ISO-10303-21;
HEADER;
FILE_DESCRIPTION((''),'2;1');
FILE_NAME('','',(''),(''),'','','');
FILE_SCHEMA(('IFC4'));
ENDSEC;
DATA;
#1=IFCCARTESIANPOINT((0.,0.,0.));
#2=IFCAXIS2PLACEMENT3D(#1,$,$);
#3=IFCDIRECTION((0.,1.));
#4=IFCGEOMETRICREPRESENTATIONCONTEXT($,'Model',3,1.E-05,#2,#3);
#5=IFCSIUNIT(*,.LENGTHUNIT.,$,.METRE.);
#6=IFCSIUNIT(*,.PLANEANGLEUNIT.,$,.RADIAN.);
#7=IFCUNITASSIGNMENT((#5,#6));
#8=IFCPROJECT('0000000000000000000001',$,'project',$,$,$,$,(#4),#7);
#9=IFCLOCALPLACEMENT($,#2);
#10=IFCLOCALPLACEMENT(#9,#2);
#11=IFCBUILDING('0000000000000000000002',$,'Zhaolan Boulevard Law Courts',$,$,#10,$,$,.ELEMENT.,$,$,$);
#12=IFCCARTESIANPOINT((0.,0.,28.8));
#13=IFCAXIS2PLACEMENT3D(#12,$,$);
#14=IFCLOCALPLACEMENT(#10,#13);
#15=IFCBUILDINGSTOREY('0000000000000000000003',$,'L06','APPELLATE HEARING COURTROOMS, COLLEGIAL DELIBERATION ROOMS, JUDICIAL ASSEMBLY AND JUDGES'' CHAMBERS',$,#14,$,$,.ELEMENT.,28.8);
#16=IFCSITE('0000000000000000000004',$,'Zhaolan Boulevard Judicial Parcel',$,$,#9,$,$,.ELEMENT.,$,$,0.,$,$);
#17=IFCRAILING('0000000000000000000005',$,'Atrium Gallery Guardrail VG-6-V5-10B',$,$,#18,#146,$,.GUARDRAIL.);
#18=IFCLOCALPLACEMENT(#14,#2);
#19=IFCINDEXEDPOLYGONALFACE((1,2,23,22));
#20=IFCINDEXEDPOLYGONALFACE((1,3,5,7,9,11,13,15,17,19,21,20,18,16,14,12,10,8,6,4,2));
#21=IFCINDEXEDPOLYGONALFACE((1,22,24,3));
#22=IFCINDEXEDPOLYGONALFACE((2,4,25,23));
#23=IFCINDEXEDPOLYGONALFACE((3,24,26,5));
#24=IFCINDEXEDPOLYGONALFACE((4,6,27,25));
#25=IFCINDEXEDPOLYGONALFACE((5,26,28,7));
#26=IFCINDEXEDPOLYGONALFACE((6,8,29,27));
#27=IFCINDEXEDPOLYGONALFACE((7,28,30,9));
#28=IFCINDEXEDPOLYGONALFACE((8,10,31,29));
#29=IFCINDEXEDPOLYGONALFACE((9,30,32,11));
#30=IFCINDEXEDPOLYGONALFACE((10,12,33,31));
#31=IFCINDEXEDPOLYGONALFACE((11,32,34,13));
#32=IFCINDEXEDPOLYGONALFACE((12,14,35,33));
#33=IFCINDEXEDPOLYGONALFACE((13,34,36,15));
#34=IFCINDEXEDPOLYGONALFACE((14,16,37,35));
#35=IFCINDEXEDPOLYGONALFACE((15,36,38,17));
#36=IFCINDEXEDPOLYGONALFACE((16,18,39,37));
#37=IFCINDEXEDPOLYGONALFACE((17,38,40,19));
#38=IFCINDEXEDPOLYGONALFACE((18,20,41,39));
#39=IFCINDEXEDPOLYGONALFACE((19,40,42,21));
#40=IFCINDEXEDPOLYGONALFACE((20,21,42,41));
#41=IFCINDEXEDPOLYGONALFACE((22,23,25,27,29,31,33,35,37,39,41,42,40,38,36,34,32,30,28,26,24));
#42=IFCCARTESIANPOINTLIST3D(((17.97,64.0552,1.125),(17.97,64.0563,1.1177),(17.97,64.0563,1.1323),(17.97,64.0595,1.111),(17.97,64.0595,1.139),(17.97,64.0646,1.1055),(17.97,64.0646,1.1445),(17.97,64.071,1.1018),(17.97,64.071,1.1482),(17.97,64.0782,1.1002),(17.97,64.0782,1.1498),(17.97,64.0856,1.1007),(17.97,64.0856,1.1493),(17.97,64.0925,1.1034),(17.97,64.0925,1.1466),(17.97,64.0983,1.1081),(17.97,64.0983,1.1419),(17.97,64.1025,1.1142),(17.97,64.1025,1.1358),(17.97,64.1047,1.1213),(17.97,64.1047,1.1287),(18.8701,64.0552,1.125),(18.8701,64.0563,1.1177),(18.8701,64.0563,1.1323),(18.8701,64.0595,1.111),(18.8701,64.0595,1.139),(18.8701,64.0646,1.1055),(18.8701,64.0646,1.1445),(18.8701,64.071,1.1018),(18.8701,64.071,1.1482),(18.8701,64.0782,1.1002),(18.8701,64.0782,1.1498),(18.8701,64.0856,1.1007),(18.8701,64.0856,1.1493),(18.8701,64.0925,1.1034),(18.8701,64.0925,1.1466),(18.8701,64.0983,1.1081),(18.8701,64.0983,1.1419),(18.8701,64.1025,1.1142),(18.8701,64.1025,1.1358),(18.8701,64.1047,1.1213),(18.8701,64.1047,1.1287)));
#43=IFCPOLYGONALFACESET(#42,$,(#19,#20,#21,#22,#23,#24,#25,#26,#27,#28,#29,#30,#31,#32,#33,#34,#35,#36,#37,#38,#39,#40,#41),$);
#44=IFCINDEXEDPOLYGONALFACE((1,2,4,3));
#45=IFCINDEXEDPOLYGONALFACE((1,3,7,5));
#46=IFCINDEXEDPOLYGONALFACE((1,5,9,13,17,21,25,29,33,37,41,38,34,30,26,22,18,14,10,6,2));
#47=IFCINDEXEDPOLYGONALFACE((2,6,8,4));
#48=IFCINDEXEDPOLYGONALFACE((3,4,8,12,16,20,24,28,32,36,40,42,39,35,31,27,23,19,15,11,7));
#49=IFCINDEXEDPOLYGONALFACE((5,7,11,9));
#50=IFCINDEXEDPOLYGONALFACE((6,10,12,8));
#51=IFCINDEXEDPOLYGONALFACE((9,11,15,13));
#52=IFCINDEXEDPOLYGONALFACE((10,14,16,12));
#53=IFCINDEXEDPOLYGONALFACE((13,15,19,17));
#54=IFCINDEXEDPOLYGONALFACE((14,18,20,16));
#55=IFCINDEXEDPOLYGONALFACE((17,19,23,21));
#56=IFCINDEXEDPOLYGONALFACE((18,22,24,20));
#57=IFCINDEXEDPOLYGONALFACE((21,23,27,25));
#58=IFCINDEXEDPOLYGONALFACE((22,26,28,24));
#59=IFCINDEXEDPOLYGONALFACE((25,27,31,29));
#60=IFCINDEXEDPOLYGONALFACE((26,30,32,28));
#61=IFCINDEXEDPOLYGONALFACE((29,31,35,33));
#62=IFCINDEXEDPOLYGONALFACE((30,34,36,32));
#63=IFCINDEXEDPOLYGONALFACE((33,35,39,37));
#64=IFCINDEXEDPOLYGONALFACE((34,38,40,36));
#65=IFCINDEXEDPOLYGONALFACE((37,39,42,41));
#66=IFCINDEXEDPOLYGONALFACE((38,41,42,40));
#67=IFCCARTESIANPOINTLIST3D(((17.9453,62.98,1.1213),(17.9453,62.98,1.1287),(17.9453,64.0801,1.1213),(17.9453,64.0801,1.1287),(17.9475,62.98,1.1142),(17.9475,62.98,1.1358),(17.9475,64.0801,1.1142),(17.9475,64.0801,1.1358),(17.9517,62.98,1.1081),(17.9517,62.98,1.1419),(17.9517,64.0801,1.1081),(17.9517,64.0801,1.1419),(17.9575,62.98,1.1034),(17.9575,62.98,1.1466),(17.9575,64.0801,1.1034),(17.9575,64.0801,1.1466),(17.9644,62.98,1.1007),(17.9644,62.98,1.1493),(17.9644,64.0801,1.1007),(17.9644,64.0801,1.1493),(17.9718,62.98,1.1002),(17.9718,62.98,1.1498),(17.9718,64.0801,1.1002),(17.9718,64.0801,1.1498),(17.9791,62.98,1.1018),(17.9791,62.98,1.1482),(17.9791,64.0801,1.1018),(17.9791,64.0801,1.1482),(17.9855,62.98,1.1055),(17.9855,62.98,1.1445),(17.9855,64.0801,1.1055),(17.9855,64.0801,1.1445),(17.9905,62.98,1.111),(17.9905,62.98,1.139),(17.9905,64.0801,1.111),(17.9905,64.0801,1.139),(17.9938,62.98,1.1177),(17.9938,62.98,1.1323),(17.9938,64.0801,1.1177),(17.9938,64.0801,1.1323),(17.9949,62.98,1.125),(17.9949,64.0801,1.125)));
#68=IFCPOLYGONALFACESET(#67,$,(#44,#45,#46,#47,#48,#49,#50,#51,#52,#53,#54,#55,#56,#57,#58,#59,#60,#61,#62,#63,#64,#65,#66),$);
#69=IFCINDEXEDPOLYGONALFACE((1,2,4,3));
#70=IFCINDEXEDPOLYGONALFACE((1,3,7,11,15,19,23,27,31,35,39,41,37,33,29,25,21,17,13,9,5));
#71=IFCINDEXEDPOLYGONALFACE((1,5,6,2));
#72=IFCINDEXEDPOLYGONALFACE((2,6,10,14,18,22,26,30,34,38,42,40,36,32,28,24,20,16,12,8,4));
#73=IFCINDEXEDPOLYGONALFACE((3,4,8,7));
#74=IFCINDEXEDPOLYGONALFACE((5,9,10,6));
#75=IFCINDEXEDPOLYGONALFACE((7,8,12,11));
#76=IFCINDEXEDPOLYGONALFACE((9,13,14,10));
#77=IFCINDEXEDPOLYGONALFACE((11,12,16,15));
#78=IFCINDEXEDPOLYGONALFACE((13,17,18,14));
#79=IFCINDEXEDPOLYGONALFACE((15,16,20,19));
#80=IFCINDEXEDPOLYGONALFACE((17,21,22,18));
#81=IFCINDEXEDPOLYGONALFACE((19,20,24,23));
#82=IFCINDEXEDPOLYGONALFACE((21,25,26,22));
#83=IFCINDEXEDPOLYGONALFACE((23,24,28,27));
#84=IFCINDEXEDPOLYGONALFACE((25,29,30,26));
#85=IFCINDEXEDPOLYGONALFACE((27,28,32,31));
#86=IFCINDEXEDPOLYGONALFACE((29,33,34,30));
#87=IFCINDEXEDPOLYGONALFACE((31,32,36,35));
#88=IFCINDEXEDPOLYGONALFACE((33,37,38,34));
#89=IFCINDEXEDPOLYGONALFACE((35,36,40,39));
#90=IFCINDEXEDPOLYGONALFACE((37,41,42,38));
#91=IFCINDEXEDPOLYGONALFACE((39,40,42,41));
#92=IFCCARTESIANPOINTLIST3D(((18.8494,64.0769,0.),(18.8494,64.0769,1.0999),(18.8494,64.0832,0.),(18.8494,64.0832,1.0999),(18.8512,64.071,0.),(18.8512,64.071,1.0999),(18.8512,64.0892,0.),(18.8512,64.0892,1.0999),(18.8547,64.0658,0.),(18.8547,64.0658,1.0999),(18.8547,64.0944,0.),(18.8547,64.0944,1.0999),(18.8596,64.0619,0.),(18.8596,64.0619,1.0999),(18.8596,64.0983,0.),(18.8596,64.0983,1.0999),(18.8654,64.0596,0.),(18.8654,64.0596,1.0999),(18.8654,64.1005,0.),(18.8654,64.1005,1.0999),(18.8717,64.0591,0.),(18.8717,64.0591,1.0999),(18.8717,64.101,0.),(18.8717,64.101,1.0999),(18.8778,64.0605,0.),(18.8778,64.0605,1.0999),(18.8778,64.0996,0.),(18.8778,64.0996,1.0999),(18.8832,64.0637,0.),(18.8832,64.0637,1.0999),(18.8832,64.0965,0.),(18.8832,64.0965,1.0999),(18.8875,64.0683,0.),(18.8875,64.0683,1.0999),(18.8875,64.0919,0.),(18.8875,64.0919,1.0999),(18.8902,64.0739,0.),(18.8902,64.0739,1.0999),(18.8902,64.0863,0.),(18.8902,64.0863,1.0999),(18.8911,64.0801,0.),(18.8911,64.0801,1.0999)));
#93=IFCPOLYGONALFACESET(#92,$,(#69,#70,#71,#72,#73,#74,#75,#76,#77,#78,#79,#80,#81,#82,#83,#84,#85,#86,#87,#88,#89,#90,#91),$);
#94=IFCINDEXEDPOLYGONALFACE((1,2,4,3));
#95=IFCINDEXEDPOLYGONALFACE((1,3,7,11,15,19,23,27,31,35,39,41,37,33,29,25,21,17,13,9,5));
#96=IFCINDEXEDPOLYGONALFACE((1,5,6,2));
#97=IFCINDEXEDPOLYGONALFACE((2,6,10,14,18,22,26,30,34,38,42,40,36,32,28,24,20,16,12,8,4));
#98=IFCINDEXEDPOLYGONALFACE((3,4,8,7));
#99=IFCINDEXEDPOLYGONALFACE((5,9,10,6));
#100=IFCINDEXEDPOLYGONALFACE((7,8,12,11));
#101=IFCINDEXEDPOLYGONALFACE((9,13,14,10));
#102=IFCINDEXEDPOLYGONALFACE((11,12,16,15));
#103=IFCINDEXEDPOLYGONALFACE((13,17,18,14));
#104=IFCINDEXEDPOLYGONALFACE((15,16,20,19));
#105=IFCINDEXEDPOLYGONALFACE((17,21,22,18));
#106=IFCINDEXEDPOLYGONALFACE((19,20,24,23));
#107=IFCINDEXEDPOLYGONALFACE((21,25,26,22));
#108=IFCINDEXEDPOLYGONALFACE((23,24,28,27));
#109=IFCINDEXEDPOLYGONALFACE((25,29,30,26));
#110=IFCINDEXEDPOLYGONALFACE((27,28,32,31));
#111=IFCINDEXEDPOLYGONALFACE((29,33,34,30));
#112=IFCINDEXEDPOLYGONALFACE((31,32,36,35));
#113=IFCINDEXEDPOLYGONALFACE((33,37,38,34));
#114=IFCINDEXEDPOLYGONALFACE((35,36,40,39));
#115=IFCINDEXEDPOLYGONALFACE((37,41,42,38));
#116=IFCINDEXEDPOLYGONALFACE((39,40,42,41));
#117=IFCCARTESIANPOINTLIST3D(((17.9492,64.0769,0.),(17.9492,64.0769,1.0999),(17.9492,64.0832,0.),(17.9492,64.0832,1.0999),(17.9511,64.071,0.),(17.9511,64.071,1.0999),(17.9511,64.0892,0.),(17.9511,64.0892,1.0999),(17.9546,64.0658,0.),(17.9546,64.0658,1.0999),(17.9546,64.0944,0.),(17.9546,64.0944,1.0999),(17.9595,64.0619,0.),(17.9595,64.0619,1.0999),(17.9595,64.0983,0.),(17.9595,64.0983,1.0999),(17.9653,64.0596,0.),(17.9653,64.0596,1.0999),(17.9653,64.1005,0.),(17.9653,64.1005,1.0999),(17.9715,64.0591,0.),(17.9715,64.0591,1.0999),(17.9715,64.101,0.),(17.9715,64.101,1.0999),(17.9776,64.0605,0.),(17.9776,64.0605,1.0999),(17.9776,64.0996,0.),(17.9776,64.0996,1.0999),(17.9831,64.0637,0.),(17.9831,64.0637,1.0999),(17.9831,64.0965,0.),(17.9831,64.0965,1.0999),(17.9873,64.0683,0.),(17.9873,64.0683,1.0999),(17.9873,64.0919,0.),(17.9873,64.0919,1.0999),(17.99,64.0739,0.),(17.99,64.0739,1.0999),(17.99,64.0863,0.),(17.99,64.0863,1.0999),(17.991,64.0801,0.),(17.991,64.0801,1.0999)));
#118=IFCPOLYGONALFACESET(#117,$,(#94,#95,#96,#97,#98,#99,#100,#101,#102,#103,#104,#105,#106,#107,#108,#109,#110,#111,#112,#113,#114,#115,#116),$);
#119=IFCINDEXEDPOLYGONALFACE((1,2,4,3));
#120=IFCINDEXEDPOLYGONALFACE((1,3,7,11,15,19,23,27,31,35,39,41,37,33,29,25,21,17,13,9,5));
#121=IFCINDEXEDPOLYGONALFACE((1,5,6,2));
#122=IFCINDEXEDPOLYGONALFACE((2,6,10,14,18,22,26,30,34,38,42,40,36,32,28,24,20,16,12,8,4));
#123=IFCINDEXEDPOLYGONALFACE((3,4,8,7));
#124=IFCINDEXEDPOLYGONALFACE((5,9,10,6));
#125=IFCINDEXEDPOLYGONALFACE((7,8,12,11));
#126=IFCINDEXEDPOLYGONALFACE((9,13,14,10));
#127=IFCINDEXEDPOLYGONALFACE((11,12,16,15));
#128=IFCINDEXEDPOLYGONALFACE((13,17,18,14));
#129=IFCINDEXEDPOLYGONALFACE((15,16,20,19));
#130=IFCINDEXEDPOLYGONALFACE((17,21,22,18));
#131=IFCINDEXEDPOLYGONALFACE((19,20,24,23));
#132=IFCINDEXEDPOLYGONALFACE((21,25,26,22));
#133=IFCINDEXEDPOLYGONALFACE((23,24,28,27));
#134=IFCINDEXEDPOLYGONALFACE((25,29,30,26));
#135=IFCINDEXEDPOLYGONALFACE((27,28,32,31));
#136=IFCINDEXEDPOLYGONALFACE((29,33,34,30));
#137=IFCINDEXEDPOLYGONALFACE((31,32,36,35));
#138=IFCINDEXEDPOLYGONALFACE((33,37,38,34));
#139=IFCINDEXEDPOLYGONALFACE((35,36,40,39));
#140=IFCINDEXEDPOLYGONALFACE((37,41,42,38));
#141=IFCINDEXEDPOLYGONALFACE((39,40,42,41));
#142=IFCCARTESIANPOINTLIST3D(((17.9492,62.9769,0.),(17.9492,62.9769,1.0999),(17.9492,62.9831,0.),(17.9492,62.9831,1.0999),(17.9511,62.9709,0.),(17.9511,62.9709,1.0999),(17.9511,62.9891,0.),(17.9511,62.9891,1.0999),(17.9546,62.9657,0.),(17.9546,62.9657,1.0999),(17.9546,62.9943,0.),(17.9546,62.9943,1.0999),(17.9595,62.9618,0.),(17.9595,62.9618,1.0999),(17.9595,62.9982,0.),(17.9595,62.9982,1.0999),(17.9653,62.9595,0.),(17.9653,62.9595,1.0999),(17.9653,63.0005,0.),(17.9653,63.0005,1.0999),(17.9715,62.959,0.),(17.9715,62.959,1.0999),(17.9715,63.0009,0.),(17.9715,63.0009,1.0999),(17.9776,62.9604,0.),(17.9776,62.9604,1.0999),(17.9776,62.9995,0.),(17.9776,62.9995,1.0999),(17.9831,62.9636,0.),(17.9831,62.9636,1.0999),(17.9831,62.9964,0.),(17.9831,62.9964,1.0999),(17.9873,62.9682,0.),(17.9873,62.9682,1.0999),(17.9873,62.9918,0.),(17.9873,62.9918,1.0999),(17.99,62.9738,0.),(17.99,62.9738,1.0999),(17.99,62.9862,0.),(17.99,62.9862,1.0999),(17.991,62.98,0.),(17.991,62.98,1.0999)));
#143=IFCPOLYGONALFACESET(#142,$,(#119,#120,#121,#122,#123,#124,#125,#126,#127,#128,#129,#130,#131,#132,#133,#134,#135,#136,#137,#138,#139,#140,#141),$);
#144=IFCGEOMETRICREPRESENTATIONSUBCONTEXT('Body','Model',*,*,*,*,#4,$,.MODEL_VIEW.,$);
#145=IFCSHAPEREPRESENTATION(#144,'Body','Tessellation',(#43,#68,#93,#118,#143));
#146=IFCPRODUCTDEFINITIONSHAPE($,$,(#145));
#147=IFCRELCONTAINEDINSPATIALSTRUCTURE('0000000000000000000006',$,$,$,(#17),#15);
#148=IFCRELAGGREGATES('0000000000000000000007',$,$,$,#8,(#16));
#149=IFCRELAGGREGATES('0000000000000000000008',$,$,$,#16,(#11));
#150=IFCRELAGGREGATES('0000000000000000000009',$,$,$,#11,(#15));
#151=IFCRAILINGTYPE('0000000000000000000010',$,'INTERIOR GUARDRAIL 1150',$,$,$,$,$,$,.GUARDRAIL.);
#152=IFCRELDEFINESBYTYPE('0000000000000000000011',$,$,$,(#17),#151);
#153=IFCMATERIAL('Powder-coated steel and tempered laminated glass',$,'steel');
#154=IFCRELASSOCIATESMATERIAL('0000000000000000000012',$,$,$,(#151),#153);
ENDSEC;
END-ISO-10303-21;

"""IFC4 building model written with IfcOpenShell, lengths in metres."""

from ifc_helpers import new_model, si_unit, direction, frame, origin, origin_2d, place, context, subcontext, project, spatial, circle, extrude, material, type_object, element, save


model = new_model("IFC4")

# Units and contexts
model_context = context("Model", 3, precision=1e-05, world=origin(), true_north=direction((0.0, 1.0)))
body_context = subcontext(model_context, "Body", "Model", "MODEL_VIEW")
ifc_project = project(units=[si_unit("LENGTHUNIT", "METRE"), si_unit("PLANEANGLEUNIT", "RADIAN")], contexts=[model_context])

# Site, building, storey
site_placement = place(None, origin())
site = spatial("IfcSite", under=ifc_project, at=site_placement, Name="Zhaolan Boulevard Judicial Parcel", CompositionType="ELEMENT", RefElevation=0.0)
building_placement = place(site_placement, origin())
building = spatial("IfcBuilding", under=site, at=building_placement, Name="Zhaolan Boulevard Law Courts", CompositionType="ELEMENT")
storey_placement = place(building_placement, frame((0.0, 0.0, 28.8)))
storey = spatial("IfcBuildingStorey", under=building, at=storey_placement, Name="L06", Description="APPELLATE HEARING COURTROOMS, COLLEGIAL DELIBERATION ROOMS, JUDICIAL ASSEMBLY AND JUDGES' CHAMBERS", CompositionType="ELEMENT", Elevation=28.8)

# Railing
ifc_material_1 = material(Name="Powder-coated steel and tempered laminated glass", Category="steel")
railing_type_1 = type_object("IfcRailingType", Name="INTERIOR GUARDRAIL 1150", PredefinedType="GUARDRAIL", material=ifc_material_1)
railing_1_placement = place(storey_placement, frame((18.8701, 64.0801, 0.0)))
element("IfcRailing", 1, at=railing_1_placement, inside=storey, type_object=railing_type_1, Name="Atrium Gallery Guardrail VG-6-V5-10B", PredefinedType="GUARDRAIL", context=body_context, shape_type="SweptSolid", body=[
    extrude(circle(Radius=0.0249, at=origin_2d()), frame((0.0, 0.0, 1.125), z_axis=(-1.0, 0.0, 0.0), x_axis=(0.0, -1.0, 0.0)), (0.0, 0.0, 1.0), 0.9001),
    extrude(circle(Radius=0.0249, at=origin_2d()), frame((-0.9001, 0.0, 1.125), z_axis=(0.0, -1.0, 0.0), x_axis=(1.0, 0.0, 0.0)), (0.0, 0.0, 1.0), 1.1001),
    extrude(circle(Radius=0.021, at=origin_2d()), origin(), (0.0, 0.0, 1.0), 1.0999),
    extrude(circle(Radius=0.021, at=origin_2d()), frame((-0.9001, 0.0, 0.0)), (0.0, 0.0, 1.0), 1.0999),
    extrude(circle(Radius=0.021, at=origin_2d()), frame((-0.9001, -1.1001, 0.0)), (0.0, 0.0, 1.0), 1.0999),
])

save(model, "model.ifc")
